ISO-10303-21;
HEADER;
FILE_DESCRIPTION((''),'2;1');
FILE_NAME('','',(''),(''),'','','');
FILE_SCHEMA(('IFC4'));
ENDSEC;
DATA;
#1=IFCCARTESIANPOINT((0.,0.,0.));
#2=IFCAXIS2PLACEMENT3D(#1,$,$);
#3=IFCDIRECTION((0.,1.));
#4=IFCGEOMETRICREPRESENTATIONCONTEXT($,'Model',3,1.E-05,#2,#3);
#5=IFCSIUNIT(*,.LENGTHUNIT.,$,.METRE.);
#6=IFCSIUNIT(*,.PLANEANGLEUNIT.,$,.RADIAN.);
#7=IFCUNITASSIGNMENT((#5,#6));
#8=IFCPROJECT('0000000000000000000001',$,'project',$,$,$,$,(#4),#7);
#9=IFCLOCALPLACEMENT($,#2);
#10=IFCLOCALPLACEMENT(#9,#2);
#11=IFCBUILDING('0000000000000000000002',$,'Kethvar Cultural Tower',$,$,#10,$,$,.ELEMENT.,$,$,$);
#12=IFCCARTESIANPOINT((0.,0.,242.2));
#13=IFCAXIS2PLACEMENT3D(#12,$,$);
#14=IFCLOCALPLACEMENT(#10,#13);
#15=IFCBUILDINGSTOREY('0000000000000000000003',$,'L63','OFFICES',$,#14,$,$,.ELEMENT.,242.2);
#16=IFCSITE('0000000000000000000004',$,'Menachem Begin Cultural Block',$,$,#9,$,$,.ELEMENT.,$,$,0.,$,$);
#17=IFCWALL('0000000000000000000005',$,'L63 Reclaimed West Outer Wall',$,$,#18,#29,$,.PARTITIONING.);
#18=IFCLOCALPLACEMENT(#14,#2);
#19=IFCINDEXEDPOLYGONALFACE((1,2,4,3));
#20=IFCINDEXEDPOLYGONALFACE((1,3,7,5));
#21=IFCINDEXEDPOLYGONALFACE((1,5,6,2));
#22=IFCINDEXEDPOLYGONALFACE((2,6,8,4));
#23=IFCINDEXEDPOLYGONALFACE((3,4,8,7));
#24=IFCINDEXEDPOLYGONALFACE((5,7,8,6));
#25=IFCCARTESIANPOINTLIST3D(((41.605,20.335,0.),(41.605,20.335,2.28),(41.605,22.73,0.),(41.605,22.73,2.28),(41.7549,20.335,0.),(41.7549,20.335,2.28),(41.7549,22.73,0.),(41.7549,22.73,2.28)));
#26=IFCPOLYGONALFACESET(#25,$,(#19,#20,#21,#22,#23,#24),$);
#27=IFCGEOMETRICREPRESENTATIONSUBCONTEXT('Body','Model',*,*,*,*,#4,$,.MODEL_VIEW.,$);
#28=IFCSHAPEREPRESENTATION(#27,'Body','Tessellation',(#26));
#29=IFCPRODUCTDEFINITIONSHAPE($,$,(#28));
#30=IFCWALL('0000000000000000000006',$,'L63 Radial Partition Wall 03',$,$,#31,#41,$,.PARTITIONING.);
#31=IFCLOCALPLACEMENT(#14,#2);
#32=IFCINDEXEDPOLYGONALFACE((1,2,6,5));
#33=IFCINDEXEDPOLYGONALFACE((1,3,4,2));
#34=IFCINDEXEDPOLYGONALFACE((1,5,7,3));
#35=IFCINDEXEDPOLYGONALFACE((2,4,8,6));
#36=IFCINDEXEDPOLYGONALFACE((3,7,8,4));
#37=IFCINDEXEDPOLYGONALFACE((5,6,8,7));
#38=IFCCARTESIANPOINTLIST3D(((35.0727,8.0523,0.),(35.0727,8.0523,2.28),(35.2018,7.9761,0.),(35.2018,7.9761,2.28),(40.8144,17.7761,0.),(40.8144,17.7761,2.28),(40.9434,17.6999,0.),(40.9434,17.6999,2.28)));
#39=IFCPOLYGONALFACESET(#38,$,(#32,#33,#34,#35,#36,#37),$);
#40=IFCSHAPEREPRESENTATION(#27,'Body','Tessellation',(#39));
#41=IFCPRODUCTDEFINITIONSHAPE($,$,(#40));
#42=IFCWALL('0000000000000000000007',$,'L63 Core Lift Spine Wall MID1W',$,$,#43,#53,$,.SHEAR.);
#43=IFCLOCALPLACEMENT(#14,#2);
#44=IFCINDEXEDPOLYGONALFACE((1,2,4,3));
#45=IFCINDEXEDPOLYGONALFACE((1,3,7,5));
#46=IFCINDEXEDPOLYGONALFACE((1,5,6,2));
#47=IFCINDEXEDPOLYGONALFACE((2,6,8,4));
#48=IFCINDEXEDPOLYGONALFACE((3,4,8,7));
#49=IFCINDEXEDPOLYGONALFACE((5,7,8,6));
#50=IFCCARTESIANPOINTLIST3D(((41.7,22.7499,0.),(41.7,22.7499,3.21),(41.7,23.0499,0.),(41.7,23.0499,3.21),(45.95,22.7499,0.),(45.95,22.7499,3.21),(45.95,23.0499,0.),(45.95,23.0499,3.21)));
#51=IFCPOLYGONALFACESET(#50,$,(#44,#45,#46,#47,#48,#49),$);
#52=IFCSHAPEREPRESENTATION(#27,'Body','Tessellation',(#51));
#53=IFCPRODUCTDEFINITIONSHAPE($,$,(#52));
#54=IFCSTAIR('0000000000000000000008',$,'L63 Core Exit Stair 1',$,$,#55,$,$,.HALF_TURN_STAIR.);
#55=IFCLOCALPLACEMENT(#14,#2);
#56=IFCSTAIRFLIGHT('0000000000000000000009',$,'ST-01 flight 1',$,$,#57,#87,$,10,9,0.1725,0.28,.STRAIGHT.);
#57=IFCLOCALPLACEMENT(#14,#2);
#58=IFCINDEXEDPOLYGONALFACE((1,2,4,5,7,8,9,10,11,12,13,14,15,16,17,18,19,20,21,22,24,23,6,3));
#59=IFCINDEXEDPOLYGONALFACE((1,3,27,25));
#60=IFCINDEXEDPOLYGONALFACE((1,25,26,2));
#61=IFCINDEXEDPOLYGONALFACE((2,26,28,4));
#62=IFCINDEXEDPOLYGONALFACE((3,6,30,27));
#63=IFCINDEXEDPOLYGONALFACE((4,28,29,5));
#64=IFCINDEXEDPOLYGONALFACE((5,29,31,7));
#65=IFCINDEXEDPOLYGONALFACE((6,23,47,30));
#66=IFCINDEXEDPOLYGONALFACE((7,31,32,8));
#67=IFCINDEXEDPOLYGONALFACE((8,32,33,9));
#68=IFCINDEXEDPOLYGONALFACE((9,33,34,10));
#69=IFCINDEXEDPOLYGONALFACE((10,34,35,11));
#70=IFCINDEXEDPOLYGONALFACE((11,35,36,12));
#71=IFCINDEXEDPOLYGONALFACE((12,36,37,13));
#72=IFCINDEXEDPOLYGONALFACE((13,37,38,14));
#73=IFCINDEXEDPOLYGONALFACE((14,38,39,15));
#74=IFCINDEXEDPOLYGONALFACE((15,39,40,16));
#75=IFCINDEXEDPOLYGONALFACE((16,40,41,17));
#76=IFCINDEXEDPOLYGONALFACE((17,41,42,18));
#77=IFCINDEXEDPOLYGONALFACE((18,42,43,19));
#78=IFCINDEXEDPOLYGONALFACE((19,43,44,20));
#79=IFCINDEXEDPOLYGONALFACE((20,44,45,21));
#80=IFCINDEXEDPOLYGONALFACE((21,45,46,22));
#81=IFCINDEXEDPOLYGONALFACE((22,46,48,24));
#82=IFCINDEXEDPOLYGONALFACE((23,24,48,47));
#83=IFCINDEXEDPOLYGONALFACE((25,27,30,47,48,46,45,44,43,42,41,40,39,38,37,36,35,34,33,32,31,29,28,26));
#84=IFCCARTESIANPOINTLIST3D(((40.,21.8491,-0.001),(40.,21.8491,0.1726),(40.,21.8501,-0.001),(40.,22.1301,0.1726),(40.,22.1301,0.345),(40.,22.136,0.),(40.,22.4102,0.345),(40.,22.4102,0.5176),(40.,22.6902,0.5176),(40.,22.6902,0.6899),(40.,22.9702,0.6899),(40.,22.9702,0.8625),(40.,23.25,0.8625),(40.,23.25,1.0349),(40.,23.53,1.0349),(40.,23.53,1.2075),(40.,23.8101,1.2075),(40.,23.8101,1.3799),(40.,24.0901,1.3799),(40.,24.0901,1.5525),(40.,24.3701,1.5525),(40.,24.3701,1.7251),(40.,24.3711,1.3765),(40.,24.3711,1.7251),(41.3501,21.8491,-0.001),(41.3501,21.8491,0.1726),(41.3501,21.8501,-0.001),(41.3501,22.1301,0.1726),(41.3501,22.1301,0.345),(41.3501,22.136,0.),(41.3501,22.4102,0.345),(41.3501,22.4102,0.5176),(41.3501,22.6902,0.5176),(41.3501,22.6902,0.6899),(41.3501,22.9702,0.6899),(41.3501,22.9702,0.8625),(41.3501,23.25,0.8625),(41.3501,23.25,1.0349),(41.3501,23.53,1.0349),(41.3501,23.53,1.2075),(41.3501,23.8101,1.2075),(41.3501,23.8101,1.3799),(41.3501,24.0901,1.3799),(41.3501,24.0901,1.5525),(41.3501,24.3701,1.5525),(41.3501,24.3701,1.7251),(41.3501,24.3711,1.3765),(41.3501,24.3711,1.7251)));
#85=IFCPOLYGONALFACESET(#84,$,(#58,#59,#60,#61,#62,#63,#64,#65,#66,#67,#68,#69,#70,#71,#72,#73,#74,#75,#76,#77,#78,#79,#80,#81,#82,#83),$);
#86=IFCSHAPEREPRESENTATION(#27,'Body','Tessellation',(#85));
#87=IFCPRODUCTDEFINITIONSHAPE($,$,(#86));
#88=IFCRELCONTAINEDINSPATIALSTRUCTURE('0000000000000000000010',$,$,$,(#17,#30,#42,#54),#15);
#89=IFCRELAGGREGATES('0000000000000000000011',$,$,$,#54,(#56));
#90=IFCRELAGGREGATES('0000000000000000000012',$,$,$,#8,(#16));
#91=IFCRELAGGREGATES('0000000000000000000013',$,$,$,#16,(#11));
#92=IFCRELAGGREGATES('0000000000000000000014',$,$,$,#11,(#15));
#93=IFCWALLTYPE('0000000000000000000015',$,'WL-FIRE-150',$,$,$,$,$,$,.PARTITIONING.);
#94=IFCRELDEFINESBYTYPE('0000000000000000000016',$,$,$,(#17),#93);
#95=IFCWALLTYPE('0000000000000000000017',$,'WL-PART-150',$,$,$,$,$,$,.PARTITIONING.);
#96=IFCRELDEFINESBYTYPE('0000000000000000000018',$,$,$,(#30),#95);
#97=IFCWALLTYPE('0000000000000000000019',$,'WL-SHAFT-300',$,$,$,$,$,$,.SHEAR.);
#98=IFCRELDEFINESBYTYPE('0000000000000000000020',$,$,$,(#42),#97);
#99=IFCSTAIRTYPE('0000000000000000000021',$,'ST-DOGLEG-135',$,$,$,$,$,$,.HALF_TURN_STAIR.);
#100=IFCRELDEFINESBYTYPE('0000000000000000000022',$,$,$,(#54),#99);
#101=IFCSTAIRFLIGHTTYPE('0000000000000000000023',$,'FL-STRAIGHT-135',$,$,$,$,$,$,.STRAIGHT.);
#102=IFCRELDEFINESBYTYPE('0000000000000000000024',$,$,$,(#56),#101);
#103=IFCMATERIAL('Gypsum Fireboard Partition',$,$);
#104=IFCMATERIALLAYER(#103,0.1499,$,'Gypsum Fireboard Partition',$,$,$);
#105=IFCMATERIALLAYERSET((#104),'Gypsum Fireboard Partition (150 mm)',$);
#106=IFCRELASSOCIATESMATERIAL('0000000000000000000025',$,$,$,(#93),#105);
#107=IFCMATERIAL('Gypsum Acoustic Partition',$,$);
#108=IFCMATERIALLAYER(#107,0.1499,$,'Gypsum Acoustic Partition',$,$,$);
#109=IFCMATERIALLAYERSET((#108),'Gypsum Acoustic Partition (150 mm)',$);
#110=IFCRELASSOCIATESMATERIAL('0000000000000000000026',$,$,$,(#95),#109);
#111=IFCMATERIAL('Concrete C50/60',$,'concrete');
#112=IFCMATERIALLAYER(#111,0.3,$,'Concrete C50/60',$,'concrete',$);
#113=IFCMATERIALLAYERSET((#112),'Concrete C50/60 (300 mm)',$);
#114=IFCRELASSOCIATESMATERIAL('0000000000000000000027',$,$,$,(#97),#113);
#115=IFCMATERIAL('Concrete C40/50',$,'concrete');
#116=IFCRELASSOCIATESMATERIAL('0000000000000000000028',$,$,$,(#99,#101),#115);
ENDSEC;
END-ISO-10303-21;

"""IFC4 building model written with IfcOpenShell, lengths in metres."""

from ifc_helpers import new_model, si_unit, direction, frame, frame_2d, origin, place, context, subcontext, project, spatial, polyline, rectangle, outline, extrude, material, layer, layer_set, type_object, element, aggregate, save


model = new_model("IFC4")

# Units and contexts
model_context = context("Model", 3, precision=1e-05, world=origin(), true_north=direction((0.0, 1.0)))
body_context = subcontext(model_context, "Body", "Model", "MODEL_VIEW")
ifc_project = project(units=[si_unit("LENGTHUNIT", "METRE"), si_unit("PLANEANGLEUNIT", "RADIAN")], contexts=[model_context])

# Site, building, storey
site_placement = place(None, origin())
site = spatial("IfcSite", under=ifc_project, at=site_placement, Name="Menachem Begin Cultural Block", CompositionType="ELEMENT", RefElevation=0.0)
building_placement = place(site_placement, origin())
building = spatial("IfcBuilding", under=site, at=building_placement, Name="Kethvar Cultural Tower", CompositionType="ELEMENT")
storey_placement = place(building_placement, frame((0.0, 0.0, 242.2)))
storey = spatial("IfcBuildingStorey", under=building, at=storey_placement, Name="L63", Description="OFFICES", CompositionType="ELEMENT", Elevation=242.2)

# Walls
ifc_material_1 = material(Name="Gypsum Fireboard Partition")
ifc_layer_1 = layer(ifc_material_1, 0.1499, Name="Gypsum Fireboard Partition")
ifc_layer_set_1 = layer_set([ifc_layer_1], Name="Gypsum Fireboard Partition (150 mm)")
wall_type_1 = type_object("IfcWallType", Name="WL-FIRE-150", PredefinedType="PARTITIONING", material=ifc_layer_set_1)
wall_1_placement = place(storey_placement, frame((41.6799, 20.335, 0.0), z_axis=(0.0, 0.0, 1.0), x_axis=(0.0, 1.0, 0.0)))
element("IfcWall", 1, at=wall_1_placement, inside=storey, type_object=wall_type_1, Name="L63 Reclaimed West Outer Wall", PredefinedType="PARTITIONING", context=body_context, shape_type="SweptSolid", body=[
    extrude(rectangle(XDim=2.395, YDim=0.1499, at=frame_2d((1.1975, 0.0))), origin(), (0.0, 0.0, 1.0), 2.28),
])
ifc_material_2 = material(Name="Gypsum Acoustic Partition")
ifc_layer_2 = layer(ifc_material_2, 0.1499, Name="Gypsum Acoustic Partition")
ifc_layer_set_2 = layer_set([ifc_layer_2], Name="Gypsum Acoustic Partition (150 mm)")
wall_type_2 = type_object("IfcWallType", Name="WL-PART-150", PredefinedType="PARTITIONING", material=ifc_layer_set_2)
wall_2_placement = place(storey_placement, frame((40.8789, 17.738, 0.0), z_axis=(0.0, 0.0, 1.0), x_axis=(-0.508452, -0.86109, 0.0)))
element("IfcWall", 2, at=wall_2_placement, inside=storey, type_object=wall_type_2, Name="L63 Radial Partition Wall 03", PredefinedType="PARTITIONING", context=body_context, shape_type="SweptSolid", body=[
    extrude(rectangle(XDim=11.2925, YDim=0.1499, at=frame_2d((5.6462, 0.0))), origin(), (0.0, 0.0, 1.0), 2.28),
])
ifc_material_3 = material(Name="Concrete C50/60", Category="concrete")
ifc_layer_3 = layer(ifc_material_3, 0.3, Name="Concrete C50/60", Category="concrete")
ifc_layer_set_3 = layer_set([ifc_layer_3], Name="Concrete C50/60 (300 mm)")
wall_type_3 = type_object("IfcWallType", Name="WL-SHAFT-300", PredefinedType="SHEAR", material=ifc_layer_set_3)
wall_3_placement = place(storey_placement, frame((41.7, 22.8999, 0.0), z_axis=(0.0, 0.0, 1.0), x_axis=(1.0, 0.0, 0.0)))
element("IfcWall", 3, at=wall_3_placement, inside=storey, type_object=wall_type_3, Name="L63 Core Lift Spine Wall MID1W", PredefinedType="SHEAR", context=body_context, shape_type="SweptSolid", body=[
    extrude(rectangle(XDim=4.25, YDim=0.3, at=frame_2d((2.125, 0.0))), origin(), (0.0, 0.0, 1.0), 3.21),
])

# Stair, stair flight
ifc_material_4 = material(Name="Concrete C40/50", Category="concrete")
stair_type = type_object("IfcStairType", Name="ST-DOGLEG-135", PredefinedType="HALF_TURN_STAIR", material=ifc_material_4)
stair_placement = place(storey_placement, origin())
stair = element("IfcStair", 4, at=stair_placement, inside=storey, type_object=stair_type, Name="L63 Core Exit Stair 1", PredefinedType="HALF_TURN_STAIR")
stair_flight_type = type_object("IfcStairFlightType", Name="FL-STRAIGHT-135", PredefinedType="STRAIGHT", material=ifc_material_4)
stair_flight_placement = place(storey_placement, frame((40.675, 21.8501, 0.0), z_axis=(0.0, 0.0, 1.0), x_axis=(0.0, 1.0, 0.0)))
stair_flight = element("IfcStairFlight", 5, at=stair_flight_placement, type_object=stair_flight_type, Name="ST-01 flight 1", NumberOfRisers=10, NumberOfTreads=9, PredefinedType="STRAIGHT", RiserHeight=0.1725, TreadLength=0.28, context=body_context, shape_type="SweptSolid", body=[
    extrude(outline(polyline([(-0.001, -0.001), (-0.001, 0.1726), (0.28, 0.1726), (0.28, 0.345), (0.5601, 0.345), (0.5601, 0.5176), (0.8401, 0.5176), (0.8401, 0.6899), (1.1201, 0.6899), (1.1201, 0.8625), (1.3999, 0.8625), (1.3999, 1.0349), (1.6799, 1.0349), (1.6799, 1.2075), (1.96, 1.2075), (1.96, 1.3799), (2.24, 1.3799), (2.24, 1.5525), (2.52, 1.5525), (2.52, 1.7251), (2.521, 1.7251), (2.521, 1.3765), (0.2859, 0.0), (0.0, -0.001), (-0.001, -0.001)])), frame((0.0, 0.675, 0.0), z_axis=(0.0, -1.0, 0.0), x_axis=(1.0, 0.0, 0.0)), (0.0, 0.0, 1.0), 1.3501),
])
aggregate(stair, [stair_flight])

save(model, "model.ifc")
